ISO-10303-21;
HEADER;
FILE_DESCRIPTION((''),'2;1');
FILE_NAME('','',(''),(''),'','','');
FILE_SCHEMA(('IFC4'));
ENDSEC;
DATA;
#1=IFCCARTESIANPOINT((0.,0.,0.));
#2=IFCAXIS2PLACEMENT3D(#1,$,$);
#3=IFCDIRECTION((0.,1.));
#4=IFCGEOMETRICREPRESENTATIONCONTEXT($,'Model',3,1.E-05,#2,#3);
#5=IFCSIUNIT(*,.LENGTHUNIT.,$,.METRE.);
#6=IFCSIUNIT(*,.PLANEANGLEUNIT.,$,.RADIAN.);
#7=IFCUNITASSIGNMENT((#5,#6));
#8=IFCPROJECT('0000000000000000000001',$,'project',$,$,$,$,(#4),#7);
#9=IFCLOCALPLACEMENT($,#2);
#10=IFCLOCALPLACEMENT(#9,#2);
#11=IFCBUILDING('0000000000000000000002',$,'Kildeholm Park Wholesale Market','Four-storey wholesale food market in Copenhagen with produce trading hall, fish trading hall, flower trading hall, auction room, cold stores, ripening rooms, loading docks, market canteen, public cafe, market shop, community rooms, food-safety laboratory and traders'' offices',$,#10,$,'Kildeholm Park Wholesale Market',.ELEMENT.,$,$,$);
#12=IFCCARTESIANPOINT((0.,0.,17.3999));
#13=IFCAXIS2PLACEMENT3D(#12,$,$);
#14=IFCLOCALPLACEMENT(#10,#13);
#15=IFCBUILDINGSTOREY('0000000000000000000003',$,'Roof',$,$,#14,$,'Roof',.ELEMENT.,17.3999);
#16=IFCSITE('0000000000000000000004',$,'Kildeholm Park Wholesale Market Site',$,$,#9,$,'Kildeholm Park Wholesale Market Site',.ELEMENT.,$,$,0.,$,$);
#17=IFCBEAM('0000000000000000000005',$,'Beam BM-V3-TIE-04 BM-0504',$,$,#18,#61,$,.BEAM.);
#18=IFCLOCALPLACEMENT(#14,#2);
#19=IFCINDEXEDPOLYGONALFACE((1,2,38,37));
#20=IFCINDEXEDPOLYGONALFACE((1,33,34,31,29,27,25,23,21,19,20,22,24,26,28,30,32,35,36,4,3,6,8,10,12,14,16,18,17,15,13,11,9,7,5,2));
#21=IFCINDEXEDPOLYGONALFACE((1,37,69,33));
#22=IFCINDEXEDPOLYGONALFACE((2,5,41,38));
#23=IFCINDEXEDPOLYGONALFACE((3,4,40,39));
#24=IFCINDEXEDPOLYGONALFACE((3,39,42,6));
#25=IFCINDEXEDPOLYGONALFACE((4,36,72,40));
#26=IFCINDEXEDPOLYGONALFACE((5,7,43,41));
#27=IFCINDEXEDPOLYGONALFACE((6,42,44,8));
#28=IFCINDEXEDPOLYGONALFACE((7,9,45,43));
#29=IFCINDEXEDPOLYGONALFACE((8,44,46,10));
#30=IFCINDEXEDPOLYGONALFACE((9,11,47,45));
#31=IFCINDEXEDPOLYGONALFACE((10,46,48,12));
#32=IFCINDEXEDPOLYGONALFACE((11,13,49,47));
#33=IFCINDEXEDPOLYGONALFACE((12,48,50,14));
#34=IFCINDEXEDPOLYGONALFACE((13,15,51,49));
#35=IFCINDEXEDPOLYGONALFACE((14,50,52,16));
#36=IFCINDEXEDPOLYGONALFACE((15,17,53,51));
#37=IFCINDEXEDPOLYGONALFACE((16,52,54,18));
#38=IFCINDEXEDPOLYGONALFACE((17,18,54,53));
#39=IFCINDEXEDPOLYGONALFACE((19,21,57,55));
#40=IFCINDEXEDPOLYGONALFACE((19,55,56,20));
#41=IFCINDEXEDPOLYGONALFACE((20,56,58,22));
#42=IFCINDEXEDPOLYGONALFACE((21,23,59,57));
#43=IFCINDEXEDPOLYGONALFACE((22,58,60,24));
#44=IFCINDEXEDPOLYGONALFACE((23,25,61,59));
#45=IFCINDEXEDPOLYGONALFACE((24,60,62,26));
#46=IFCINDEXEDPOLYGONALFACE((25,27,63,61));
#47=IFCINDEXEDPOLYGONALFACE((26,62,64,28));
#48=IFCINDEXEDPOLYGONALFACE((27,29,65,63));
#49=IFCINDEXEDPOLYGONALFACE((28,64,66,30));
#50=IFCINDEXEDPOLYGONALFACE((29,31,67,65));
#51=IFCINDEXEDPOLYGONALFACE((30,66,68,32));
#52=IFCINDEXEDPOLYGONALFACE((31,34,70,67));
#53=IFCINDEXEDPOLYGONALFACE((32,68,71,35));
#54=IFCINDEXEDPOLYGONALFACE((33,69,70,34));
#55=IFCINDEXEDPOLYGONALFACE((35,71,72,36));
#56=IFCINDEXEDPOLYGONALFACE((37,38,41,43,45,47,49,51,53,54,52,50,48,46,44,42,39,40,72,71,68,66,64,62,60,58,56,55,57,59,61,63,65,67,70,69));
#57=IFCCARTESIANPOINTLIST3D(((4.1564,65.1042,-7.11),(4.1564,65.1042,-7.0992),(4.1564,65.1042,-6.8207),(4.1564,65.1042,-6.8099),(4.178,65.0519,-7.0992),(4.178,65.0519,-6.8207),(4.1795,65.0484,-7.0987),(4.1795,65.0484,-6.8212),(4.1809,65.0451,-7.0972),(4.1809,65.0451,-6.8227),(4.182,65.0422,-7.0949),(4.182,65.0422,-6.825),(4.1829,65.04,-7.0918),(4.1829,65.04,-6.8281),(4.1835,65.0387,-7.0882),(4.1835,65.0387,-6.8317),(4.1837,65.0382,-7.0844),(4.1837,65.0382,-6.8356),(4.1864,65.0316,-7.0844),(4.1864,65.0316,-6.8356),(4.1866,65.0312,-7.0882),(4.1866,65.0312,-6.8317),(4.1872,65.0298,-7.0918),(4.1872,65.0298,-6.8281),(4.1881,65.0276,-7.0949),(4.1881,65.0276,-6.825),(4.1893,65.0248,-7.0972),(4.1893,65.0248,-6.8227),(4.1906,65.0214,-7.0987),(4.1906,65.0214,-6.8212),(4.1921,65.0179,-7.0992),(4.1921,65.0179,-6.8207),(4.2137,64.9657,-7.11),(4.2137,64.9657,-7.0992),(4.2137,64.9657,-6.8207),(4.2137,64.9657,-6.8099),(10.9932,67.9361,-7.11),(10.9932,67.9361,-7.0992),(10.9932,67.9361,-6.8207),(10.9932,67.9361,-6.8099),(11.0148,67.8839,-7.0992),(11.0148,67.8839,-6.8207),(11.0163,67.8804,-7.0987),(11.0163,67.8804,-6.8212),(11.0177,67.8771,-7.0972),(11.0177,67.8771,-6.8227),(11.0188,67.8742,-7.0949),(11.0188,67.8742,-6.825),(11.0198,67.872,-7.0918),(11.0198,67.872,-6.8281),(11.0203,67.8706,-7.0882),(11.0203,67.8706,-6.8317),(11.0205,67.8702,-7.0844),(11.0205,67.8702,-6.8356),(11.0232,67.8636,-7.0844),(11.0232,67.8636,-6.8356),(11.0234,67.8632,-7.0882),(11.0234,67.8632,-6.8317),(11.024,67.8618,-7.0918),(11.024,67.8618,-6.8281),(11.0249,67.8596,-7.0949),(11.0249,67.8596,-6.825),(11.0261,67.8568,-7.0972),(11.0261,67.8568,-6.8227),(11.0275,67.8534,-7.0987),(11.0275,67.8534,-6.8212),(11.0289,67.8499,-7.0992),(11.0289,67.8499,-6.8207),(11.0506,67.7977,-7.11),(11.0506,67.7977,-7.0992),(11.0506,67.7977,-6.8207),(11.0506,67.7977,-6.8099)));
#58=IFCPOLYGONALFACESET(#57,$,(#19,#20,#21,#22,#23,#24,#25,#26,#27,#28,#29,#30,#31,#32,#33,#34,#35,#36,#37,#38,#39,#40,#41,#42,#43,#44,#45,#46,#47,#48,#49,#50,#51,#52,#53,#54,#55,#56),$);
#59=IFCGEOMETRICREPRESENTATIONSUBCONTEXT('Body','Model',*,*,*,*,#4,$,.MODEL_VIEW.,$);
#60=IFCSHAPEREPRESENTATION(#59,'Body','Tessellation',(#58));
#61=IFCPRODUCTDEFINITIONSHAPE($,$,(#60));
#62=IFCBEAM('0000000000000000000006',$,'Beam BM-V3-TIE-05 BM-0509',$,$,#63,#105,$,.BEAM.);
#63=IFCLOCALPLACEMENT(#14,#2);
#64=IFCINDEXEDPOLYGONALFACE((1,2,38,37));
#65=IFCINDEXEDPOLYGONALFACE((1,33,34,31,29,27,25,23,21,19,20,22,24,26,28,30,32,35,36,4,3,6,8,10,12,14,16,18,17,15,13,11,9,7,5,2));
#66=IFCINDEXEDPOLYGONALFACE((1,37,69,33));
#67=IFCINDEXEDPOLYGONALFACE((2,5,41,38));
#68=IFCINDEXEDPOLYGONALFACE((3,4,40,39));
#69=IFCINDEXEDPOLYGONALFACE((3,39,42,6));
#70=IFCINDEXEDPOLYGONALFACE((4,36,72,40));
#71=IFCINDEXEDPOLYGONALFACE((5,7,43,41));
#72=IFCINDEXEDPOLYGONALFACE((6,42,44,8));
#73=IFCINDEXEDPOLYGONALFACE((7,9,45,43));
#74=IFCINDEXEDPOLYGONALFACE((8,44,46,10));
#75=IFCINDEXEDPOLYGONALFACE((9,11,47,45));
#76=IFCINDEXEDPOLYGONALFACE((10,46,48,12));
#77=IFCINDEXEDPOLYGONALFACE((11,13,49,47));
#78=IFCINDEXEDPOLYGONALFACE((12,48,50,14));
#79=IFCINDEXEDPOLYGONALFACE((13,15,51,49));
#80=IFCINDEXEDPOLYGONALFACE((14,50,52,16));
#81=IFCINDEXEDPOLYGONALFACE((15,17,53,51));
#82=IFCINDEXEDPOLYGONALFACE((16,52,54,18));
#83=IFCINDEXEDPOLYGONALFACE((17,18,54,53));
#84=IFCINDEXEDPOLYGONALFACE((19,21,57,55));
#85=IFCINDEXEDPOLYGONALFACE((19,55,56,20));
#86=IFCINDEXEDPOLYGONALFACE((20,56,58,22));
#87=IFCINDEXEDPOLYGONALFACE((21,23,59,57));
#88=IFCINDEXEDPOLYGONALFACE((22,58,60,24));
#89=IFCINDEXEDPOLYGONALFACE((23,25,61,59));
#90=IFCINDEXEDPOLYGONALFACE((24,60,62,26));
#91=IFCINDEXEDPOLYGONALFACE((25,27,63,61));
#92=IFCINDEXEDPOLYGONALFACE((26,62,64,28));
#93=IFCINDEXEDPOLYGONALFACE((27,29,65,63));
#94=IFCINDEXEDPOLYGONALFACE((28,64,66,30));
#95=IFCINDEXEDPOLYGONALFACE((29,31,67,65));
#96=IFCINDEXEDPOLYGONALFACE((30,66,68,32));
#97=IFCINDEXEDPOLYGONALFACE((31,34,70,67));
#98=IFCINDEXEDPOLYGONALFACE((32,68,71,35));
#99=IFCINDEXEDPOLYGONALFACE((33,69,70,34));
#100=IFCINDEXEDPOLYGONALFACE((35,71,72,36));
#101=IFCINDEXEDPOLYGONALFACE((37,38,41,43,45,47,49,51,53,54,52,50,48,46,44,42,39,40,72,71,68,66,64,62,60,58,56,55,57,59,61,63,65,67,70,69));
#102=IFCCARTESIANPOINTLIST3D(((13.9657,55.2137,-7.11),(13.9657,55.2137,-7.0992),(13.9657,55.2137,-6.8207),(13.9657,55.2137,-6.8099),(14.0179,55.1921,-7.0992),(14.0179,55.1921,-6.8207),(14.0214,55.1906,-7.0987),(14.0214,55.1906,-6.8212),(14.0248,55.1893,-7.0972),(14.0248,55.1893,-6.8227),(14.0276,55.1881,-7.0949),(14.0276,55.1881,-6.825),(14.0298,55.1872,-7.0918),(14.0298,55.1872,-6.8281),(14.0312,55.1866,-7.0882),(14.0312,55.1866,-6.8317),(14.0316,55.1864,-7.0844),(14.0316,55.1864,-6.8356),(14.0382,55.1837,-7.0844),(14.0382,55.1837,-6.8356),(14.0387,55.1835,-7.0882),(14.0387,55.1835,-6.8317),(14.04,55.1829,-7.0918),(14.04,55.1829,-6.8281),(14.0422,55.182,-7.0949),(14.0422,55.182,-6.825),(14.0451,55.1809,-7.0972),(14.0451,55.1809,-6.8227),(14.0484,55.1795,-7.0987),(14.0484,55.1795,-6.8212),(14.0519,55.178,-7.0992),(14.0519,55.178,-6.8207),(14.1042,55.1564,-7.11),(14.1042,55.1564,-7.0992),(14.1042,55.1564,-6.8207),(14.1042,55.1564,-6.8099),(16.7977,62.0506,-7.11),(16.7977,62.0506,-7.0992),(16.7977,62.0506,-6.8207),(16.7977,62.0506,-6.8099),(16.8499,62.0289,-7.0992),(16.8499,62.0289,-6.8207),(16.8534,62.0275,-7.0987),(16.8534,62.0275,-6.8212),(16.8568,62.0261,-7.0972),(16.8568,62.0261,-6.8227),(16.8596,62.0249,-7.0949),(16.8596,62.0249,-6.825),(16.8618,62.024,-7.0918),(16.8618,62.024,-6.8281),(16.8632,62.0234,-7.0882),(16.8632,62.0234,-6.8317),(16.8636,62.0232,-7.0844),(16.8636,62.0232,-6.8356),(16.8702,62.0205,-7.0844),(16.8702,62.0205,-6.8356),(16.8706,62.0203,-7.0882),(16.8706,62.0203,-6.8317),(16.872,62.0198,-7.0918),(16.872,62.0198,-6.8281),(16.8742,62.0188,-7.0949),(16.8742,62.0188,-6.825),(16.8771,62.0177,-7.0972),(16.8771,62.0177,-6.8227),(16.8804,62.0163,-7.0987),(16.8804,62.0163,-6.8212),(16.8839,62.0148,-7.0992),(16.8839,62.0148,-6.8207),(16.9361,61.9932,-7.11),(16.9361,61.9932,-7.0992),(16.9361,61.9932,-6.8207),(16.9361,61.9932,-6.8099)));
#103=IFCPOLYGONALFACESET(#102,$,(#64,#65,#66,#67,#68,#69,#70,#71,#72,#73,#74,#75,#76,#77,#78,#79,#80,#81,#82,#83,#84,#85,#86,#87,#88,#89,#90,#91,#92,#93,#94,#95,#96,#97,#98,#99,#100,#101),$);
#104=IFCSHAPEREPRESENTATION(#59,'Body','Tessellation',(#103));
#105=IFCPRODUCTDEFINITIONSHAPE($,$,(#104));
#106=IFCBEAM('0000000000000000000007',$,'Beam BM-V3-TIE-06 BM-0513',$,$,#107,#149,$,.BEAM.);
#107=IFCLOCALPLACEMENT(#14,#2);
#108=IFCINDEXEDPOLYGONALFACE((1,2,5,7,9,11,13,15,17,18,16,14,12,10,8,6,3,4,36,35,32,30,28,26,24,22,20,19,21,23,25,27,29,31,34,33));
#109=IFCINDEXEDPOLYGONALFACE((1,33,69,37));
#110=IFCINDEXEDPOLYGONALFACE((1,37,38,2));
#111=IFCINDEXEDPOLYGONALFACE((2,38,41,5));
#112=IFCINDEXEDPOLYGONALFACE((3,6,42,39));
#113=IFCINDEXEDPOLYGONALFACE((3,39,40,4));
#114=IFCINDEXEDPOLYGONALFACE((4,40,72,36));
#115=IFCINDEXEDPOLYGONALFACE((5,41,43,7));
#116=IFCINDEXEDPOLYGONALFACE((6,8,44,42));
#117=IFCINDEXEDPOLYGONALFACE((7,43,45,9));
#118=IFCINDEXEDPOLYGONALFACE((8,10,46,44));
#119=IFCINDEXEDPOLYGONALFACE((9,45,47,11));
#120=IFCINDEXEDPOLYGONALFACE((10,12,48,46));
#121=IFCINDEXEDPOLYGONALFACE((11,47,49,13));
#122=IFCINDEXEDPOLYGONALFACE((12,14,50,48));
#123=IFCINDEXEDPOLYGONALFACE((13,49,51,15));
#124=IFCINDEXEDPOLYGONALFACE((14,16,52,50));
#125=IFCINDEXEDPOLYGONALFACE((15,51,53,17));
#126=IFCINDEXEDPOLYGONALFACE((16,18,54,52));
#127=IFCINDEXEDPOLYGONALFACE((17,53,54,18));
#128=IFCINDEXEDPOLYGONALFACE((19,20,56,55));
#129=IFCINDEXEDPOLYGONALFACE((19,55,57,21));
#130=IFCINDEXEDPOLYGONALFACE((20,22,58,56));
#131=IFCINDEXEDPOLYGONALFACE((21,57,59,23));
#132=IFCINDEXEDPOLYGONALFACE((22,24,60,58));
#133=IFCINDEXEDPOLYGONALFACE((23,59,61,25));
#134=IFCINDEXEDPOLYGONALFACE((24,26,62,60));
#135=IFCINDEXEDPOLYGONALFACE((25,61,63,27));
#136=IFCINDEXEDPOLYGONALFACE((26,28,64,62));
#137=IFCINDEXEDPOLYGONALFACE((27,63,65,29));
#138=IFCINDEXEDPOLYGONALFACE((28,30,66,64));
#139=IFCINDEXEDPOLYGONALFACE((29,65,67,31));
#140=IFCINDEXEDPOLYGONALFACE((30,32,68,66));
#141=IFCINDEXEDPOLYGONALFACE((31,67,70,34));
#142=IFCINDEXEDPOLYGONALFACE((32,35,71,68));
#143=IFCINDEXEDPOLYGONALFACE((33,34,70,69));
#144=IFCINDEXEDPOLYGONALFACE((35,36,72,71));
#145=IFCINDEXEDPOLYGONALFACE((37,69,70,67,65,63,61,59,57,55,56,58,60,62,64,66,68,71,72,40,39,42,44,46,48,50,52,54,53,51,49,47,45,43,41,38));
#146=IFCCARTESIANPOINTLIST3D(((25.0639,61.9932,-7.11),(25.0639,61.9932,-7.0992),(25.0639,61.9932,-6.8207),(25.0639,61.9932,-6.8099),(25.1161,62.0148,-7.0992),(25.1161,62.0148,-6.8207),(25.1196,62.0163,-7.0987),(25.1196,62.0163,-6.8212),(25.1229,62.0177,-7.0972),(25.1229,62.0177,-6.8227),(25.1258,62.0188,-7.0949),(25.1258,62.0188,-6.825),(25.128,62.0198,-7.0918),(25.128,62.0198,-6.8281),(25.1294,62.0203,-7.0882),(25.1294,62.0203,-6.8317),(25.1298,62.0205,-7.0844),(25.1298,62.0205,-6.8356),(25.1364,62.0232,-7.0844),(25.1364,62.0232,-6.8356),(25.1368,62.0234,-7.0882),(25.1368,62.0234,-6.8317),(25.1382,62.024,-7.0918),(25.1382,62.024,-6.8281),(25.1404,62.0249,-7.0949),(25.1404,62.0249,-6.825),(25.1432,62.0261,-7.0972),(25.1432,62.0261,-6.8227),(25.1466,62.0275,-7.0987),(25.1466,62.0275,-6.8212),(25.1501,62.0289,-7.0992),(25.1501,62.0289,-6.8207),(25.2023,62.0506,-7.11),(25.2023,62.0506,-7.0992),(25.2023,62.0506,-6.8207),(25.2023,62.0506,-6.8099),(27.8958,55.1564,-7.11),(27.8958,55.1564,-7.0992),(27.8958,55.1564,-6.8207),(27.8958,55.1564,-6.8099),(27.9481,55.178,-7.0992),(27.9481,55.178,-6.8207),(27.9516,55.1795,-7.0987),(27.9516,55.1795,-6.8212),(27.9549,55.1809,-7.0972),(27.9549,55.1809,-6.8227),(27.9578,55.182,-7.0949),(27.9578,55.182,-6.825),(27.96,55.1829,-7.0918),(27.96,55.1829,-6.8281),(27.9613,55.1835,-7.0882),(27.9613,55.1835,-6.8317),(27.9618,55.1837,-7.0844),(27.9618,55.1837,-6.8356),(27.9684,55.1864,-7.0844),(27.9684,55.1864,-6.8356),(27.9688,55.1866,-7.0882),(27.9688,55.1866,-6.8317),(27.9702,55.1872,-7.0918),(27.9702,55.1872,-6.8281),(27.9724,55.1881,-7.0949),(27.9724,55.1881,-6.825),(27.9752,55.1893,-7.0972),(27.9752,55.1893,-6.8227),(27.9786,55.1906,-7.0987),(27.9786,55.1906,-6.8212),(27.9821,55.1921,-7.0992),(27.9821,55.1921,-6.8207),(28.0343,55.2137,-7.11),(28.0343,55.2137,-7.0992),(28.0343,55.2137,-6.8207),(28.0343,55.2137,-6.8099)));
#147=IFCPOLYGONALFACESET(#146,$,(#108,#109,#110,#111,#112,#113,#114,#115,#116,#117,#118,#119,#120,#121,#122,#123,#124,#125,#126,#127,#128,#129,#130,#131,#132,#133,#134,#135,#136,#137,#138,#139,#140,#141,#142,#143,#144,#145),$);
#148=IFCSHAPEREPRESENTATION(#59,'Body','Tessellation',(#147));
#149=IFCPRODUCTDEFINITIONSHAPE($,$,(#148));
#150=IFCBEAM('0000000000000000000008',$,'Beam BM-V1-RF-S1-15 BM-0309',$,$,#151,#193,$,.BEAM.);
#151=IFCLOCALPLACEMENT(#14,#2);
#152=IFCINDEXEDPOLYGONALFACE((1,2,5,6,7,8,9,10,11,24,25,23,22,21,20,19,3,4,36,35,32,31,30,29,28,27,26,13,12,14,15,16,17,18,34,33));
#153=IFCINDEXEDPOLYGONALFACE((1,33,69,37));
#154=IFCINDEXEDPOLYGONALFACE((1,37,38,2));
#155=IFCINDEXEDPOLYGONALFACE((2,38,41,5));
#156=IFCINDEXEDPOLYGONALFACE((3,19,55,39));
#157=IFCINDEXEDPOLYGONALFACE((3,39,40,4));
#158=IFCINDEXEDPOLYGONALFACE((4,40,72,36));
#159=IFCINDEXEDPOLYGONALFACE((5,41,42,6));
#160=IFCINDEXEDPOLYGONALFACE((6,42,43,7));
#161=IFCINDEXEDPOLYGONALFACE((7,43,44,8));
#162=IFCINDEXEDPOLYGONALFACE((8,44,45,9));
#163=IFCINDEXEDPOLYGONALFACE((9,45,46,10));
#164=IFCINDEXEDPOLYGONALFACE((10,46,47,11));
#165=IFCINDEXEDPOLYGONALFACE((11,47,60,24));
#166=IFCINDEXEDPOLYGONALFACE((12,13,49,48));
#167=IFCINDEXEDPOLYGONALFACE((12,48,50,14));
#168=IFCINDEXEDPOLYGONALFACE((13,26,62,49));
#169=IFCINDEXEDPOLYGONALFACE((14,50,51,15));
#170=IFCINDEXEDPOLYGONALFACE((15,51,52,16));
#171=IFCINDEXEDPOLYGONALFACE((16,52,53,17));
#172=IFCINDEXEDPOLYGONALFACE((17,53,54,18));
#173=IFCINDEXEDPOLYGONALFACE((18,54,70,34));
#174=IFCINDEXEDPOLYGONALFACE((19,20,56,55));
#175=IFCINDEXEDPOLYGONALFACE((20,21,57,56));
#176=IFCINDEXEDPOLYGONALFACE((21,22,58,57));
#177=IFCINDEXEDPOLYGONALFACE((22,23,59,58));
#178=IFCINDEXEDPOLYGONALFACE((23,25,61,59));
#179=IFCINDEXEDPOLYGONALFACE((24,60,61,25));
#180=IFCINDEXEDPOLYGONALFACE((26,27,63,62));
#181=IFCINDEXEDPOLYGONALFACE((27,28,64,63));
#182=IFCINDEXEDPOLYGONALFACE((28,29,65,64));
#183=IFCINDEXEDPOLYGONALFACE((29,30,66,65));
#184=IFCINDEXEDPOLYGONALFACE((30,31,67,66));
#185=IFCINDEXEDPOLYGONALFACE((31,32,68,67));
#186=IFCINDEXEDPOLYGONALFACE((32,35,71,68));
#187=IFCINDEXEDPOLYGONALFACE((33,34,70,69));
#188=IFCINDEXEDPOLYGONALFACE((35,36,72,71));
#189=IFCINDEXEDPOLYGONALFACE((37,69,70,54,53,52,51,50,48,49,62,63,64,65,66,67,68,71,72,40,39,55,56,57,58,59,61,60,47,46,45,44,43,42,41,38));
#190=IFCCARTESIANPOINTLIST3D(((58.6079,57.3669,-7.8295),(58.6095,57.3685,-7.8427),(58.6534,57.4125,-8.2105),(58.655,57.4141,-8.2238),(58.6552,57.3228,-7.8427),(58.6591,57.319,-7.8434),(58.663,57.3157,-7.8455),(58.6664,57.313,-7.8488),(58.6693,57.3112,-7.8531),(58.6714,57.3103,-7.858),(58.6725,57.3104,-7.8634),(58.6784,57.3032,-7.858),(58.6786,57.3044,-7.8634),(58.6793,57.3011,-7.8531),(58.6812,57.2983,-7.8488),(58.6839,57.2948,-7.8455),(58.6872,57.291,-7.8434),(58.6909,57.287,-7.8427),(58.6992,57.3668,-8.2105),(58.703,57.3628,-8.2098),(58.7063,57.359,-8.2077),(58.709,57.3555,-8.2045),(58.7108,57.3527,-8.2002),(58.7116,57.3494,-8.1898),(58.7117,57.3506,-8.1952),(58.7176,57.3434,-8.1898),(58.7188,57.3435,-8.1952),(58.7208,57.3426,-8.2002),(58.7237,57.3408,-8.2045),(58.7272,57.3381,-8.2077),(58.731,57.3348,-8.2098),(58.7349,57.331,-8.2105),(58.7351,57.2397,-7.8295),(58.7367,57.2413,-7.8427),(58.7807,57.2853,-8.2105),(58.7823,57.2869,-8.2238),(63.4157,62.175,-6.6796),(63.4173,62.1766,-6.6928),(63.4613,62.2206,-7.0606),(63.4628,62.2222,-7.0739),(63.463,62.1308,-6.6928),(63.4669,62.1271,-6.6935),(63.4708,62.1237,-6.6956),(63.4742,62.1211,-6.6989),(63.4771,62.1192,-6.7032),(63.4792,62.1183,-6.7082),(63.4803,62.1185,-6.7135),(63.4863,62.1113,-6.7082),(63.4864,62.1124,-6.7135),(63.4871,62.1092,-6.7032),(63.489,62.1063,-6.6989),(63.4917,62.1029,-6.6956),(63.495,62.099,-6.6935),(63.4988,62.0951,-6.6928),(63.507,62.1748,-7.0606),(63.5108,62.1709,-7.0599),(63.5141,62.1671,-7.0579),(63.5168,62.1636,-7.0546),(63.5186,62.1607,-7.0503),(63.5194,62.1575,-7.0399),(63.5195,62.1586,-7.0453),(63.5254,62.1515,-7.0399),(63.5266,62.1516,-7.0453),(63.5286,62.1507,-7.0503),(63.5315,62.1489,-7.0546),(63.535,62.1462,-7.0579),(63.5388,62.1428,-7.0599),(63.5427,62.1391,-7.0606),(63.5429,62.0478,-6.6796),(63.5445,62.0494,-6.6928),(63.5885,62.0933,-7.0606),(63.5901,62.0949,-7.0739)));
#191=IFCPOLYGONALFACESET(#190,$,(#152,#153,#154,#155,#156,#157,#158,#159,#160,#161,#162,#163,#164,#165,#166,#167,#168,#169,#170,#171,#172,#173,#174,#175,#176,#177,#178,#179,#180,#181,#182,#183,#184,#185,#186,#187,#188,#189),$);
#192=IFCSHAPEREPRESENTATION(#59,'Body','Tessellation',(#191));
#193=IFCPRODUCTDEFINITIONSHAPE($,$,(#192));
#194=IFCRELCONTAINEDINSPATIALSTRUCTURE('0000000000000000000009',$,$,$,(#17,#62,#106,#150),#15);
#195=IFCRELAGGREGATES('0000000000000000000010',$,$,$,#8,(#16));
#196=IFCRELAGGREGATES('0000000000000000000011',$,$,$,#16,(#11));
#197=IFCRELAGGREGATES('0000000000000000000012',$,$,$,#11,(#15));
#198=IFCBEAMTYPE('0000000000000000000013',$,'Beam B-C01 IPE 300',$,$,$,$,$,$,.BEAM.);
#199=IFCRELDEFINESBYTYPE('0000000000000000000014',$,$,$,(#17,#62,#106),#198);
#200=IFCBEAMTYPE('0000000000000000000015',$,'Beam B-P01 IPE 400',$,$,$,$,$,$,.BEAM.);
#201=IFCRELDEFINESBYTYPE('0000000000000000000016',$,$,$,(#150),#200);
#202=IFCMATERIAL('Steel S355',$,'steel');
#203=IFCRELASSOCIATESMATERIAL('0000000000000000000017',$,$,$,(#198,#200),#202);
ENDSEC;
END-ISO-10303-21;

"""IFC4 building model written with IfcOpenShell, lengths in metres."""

from ifc_helpers import new_model, si_unit, direction, frame, origin, origin_2d, place, context, subcontext, project, spatial, i_section, extrude, material, material_profile, profile_set, type_object, element, save


model = new_model("IFC4")

# Units and contexts
model_context = context("Model", 3, precision=1e-05, world=origin(), true_north=direction((0.0, 1.0)))
body_context = subcontext(model_context, "Body", "Model", "MODEL_VIEW")
ifc_project = project(units=[si_unit("LENGTHUNIT", "METRE"), si_unit("PLANEANGLEUNIT", "RADIAN")], contexts=[model_context])

# Site, building, storey
site_placement = place(None, origin())
site = spatial("IfcSite", under=ifc_project, at=site_placement, Name="Kildeholm Park Wholesale Market Site", LongName="Kildeholm Park Wholesale Market Site", CompositionType="ELEMENT", RefElevation=0.0)
building_placement = place(site_placement, origin())
building = spatial("IfcBuilding", under=site, at=building_placement, Name="Kildeholm Park Wholesale Market", Description="Four-storey wholesale food market in Copenhagen with produce trading hall, fish trading hall, flower trading hall, auction room, cold stores, ripening rooms, loading docks, market canteen, public cafe, market shop, community rooms, food-safety laboratory and traders' offices", LongName="Kildeholm Park Wholesale Market", CompositionType="ELEMENT")
storey_placement = place(building_placement, frame((0.0, 0.0, 17.3999)))
storey = spatial("IfcBuildingStorey", under=building, at=storey_placement, Name="Roof", LongName="Roof", CompositionType="ELEMENT", Elevation=17.3999)

# Beams
ifc_material_1 = material(Name="Steel S355", Category="steel")
ifc_material_profile_1 = material_profile(ifc_material_1, i_section(OverallWidth=0.1499, OverallDepth=0.3, WebThickness=0.0071, FlangeThickness=0.0107, FilletRadius=0.0149, at=origin_2d()), Name="IPE 300")
ifc_profile_set_1 = profile_set([ifc_material_profile_1], Name="Steel S355")
beam_type_1 = type_object("IfcBeamType", Name="Beam B-C01 IPE 300", PredefinedType="BEAM", material=ifc_profile_set_1)
for number, where, z_axis, x_axis, name in (
    (1, (4.1851, 65.0349, -6.96), (0.923875, 0.382694, 0.0), (-0.382694, 0.923875, 0.0), "Beam BM-V3-TIE-04 BM-0504"),
    (2, (14.0349, 55.1851, -6.96), (0.382694, 0.923875, 0.0), (-0.923875, 0.382694, 0.0), "Beam BM-V3-TIE-05 BM-0509"),
    (3, (27.9651, 55.1851, -6.96), (-0.382694, 0.923875, 0.0), (-0.923875, -0.382694, 0.0), "Beam BM-V3-TIE-06 BM-0513"),
):
    element("IfcBeam", number, at=place(storey_placement, frame(where, z_axis=z_axis, x_axis=x_axis)), inside=storey, type_object=beam_type_1, Name=name, PredefinedType="BEAM", context=body_context, shape_type="SweptSolid", body=[
        extrude(i_section(OverallWidth=0.1499, OverallDepth=0.3, WebThickness=0.0071, FlangeThickness=0.0107, FilletRadius=0.0149, at=origin_2d()), origin(), (0.0, 0.0, 1.0), 7.4001),
    ])
ifc_material_profile_2 = material_profile(ifc_material_1, i_section(OverallWidth=0.1799, OverallDepth=0.3999, WebThickness=0.0085, FlangeThickness=0.0134, FilletRadius=0.021, at=origin_2d()), Name="IPE 400")
ifc_profile_set_2 = profile_set([ifc_material_profile_2], Name="Steel S355")
beam_type_2 = type_object("IfcBeamType", Name="Beam B-P01 IPE 400", PredefinedType="BEAM", material=ifc_profile_set_2)
beam_1_placement = place(storey_placement, frame((58.6951, 57.3269, -8.0266), z_axis=(0.697189, 0.697225, 0.166748), x_axis=(-0.707125, 0.707089, 0.0)))
element("IfcBeam", 4, at=beam_1_placement, inside=storey, type_object=beam_type_2, Name="Beam BM-V1-RF-S1-15 BM-0309", PredefinedType="BEAM", context=body_context, shape_type="SweptSolid", body=[
    extrude(i_section(OverallWidth=0.1799, OverallDepth=0.3999, WebThickness=0.0085, FlangeThickness=0.0134, FilletRadius=0.021, at=origin_2d()), origin(), (0.0, 0.0, 1.0), 6.896),
])

save(model, "model.ifc")
